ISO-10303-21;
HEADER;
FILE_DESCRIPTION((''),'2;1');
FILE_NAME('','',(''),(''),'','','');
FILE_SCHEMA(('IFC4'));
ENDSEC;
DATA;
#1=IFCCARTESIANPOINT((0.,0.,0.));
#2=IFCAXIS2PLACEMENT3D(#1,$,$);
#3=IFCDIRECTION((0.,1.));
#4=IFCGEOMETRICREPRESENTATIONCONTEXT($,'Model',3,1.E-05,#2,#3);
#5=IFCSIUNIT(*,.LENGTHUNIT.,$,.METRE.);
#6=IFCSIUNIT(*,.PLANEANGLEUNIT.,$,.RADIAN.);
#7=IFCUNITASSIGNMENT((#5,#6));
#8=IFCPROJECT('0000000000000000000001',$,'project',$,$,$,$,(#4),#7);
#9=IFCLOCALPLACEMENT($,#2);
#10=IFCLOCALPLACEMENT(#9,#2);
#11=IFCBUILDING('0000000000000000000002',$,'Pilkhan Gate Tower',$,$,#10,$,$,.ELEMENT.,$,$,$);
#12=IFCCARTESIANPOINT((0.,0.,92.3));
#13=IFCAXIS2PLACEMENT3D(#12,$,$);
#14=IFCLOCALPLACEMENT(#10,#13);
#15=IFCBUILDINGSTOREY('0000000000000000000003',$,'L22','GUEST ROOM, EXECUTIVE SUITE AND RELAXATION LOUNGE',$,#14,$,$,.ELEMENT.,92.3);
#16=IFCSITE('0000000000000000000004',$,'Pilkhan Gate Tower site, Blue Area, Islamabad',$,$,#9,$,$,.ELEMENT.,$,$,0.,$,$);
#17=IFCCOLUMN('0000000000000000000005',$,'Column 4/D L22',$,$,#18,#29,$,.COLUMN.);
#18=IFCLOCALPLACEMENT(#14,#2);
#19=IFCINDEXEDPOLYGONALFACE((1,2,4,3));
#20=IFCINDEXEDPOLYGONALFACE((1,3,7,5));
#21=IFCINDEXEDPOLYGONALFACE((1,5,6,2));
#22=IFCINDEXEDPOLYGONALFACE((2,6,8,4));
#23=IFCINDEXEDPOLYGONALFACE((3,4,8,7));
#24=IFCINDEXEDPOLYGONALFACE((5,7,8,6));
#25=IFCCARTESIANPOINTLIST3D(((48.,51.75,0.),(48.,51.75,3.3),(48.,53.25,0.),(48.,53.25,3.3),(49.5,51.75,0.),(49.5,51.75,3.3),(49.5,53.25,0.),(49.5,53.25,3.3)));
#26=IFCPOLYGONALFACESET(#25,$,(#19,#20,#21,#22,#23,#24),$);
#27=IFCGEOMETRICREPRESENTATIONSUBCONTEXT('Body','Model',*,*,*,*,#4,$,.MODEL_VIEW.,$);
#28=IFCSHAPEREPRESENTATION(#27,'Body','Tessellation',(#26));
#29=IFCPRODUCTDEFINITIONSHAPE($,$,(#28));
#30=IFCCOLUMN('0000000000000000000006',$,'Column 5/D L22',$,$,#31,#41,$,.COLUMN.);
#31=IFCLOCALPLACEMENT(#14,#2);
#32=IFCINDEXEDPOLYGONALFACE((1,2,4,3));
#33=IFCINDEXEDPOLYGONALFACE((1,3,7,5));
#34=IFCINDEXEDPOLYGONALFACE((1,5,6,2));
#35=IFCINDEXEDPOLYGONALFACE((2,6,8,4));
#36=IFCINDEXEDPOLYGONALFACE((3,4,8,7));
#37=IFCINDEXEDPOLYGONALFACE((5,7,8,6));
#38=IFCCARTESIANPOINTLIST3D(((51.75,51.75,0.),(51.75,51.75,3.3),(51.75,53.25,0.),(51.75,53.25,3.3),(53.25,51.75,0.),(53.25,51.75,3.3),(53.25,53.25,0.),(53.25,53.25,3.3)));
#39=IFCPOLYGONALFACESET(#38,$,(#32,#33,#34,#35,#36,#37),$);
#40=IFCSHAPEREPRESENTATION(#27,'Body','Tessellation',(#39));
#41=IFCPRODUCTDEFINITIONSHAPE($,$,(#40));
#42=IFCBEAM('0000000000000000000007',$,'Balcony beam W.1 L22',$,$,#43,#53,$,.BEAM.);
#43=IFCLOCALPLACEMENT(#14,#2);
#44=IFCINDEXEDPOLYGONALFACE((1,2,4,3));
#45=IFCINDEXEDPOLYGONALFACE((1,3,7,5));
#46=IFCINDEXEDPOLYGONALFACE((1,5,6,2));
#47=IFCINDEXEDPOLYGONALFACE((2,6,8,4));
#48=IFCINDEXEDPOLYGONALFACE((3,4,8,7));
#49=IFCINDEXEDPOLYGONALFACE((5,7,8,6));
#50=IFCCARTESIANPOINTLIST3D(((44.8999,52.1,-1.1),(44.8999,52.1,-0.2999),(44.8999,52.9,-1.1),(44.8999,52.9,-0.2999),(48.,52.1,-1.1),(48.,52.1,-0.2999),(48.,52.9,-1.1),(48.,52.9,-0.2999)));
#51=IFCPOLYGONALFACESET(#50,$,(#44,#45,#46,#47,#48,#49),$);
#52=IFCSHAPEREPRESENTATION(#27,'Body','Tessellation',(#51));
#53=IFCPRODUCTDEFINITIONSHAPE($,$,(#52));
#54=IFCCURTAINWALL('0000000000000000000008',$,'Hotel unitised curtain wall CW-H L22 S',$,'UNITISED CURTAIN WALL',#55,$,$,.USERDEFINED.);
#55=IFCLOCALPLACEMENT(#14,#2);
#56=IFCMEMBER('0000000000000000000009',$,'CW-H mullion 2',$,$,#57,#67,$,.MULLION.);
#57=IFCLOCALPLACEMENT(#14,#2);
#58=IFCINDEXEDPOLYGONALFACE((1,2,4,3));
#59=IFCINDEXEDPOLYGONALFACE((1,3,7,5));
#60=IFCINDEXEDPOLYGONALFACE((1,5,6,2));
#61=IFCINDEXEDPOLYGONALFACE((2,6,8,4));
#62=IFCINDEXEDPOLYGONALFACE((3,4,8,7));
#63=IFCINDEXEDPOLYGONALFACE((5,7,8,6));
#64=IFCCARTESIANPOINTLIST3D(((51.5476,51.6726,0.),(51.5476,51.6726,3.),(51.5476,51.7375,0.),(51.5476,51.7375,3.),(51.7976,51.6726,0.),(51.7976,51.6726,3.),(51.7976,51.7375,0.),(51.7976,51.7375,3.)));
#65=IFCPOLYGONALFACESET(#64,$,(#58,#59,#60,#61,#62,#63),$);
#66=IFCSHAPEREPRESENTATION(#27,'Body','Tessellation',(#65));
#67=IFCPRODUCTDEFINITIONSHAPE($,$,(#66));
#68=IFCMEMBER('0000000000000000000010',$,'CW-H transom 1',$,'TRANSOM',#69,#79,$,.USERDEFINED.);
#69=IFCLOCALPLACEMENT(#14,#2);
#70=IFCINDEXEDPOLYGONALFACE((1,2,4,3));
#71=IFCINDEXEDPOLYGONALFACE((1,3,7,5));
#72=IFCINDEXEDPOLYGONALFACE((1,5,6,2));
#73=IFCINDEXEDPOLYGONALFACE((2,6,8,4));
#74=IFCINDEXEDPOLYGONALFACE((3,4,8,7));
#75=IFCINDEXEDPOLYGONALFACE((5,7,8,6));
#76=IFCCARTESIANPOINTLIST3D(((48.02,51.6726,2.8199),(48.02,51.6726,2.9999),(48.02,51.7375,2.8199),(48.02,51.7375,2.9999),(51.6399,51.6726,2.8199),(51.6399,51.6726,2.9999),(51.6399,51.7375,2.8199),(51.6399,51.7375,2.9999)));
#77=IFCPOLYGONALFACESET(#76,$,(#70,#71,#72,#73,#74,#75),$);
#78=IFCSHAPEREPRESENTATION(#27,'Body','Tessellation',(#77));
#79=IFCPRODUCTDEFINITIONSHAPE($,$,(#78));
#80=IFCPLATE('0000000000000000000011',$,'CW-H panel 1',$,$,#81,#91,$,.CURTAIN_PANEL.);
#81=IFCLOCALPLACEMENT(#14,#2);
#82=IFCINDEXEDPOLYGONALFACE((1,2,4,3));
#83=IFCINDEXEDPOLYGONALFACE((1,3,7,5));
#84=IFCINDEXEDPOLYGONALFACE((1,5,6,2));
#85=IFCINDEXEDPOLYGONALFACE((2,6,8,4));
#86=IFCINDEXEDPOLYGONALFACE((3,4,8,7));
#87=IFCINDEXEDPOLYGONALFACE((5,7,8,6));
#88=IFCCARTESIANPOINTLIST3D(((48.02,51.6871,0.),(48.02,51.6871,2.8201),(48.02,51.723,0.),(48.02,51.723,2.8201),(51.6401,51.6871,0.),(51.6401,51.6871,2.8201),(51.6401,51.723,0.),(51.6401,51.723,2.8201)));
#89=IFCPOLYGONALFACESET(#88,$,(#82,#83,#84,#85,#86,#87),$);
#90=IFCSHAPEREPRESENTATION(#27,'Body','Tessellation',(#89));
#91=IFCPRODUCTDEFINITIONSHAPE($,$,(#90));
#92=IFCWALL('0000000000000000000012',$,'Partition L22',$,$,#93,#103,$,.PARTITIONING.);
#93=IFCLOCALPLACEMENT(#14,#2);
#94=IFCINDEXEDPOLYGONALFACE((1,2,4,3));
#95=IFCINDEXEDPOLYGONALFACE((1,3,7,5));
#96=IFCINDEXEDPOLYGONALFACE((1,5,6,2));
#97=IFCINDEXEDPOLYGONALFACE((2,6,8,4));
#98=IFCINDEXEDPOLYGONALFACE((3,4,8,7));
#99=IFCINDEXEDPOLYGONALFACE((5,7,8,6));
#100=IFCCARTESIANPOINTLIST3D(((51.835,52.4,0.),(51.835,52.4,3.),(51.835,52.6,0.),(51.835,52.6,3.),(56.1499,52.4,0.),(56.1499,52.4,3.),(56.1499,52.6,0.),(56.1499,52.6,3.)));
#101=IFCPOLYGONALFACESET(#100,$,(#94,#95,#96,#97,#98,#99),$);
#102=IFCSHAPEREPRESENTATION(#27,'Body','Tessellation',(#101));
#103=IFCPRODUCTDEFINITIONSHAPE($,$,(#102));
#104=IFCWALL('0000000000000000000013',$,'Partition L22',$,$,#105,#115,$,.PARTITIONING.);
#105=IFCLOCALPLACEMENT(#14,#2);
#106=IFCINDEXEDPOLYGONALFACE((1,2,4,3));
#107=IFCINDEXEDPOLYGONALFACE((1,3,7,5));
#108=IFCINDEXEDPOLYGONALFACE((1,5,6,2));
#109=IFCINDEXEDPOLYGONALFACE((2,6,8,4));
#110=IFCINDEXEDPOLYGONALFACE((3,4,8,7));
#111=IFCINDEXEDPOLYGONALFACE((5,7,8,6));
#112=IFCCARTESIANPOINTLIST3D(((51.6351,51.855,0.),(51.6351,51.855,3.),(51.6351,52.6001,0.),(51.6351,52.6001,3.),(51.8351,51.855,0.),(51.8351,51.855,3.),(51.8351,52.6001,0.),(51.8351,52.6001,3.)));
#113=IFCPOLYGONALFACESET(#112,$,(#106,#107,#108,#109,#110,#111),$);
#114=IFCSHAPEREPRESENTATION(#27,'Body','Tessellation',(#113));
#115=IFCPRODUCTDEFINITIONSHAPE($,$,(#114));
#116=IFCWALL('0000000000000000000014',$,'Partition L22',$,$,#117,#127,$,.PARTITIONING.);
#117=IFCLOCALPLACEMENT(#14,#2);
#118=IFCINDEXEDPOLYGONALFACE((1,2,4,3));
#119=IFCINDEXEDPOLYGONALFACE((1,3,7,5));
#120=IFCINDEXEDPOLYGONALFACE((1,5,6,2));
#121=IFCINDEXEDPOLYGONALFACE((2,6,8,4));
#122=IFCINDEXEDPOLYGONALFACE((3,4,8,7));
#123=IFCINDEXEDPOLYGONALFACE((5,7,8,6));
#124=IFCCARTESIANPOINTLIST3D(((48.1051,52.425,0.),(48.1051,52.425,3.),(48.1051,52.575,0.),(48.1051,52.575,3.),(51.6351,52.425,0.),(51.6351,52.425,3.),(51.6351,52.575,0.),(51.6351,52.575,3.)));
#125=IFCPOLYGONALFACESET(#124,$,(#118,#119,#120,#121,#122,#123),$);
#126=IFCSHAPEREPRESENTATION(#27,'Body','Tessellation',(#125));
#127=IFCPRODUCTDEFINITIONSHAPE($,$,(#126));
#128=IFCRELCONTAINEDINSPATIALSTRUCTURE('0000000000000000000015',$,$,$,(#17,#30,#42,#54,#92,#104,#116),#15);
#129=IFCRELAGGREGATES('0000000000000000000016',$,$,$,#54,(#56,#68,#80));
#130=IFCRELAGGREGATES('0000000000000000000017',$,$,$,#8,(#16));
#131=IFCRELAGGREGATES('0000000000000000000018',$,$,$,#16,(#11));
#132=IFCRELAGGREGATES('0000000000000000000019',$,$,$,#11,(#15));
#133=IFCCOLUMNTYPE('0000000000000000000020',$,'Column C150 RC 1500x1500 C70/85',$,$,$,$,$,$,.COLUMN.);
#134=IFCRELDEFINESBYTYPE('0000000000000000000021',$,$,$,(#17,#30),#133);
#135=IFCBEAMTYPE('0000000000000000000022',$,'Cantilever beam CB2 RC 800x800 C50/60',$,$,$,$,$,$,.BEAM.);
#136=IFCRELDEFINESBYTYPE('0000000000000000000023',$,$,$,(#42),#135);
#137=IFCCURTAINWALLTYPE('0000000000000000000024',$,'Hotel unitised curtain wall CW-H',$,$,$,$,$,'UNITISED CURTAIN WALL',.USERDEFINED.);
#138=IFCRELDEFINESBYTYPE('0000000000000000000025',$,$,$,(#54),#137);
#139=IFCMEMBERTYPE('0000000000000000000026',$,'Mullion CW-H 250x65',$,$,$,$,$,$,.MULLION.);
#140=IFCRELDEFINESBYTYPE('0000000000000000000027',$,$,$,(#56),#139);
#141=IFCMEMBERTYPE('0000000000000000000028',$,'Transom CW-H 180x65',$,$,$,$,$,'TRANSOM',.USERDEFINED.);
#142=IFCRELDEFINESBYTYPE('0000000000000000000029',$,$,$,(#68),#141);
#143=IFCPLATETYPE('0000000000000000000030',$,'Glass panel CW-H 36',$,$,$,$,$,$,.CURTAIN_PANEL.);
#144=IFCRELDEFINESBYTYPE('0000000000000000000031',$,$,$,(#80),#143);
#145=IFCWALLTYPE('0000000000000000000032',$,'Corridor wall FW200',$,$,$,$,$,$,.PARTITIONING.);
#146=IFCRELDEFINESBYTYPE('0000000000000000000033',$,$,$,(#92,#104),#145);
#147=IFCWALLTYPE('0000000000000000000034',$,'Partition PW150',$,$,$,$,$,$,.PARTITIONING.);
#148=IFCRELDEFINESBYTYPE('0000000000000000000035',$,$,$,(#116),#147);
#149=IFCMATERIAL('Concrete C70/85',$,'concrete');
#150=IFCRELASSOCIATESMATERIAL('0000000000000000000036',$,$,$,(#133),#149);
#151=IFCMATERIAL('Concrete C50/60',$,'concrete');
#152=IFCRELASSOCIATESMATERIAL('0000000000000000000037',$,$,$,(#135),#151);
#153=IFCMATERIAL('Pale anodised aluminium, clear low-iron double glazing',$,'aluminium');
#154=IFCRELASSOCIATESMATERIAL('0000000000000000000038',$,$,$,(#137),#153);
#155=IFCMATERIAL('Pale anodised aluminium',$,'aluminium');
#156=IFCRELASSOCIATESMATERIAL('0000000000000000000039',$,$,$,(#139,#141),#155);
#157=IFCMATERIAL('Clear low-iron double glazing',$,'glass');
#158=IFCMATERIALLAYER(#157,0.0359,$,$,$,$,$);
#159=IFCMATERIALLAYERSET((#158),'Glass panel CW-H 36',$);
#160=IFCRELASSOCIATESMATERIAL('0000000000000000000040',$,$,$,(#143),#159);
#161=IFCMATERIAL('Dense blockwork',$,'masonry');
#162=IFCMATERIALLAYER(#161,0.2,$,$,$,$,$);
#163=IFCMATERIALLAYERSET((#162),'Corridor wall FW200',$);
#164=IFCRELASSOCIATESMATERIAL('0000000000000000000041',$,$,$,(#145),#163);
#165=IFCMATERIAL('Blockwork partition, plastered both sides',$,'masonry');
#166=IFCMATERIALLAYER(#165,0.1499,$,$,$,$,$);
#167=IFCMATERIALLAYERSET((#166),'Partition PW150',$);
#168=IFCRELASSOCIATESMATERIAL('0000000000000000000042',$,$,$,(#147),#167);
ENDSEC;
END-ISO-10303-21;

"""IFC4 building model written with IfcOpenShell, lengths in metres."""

from ifc_helpers import new_model, si_unit, direction, frame, frame_2d, origin, origin_2d, place, context, subcontext, project, spatial, rectangle, extrude, material, layer, layer_set, material_profile, profile_set, type_object, element, aggregate, save


model = new_model("IFC4")

# Units and contexts
model_context = context("Model", 3, precision=1e-05, world=origin(), true_north=direction((0.0, 1.0)))
body_context = subcontext(model_context, "Body", "Model", "MODEL_VIEW")
ifc_project = project(units=[si_unit("LENGTHUNIT", "METRE"), si_unit("PLANEANGLEUNIT", "RADIAN")], contexts=[model_context])

# Site, building, storey
site_placement = place(None, origin())
site = spatial("IfcSite", under=ifc_project, at=site_placement, Name="Pilkhan Gate Tower site, Blue Area, Islamabad", CompositionType="ELEMENT", RefElevation=0.0)
building_placement = place(site_placement, origin())
building = spatial("IfcBuilding", under=site, at=building_placement, Name="Pilkhan Gate Tower", CompositionType="ELEMENT")
storey_placement = place(building_placement, frame((0.0, 0.0, 92.3)))
storey = spatial("IfcBuildingStorey", under=building, at=storey_placement, Name="L22", Description="GUEST ROOM, EXECUTIVE SUITE AND RELAXATION LOUNGE", CompositionType="ELEMENT", Elevation=92.3)

# Columns
ifc_material_1 = material(Name="Concrete C70/85", Category="concrete")
ifc_material_profile_1 = material_profile(ifc_material_1, rectangle(XDim=1.5, YDim=1.5, at=origin_2d()), Name="RC 1500x1500")
ifc_profile_set_1 = profile_set([ifc_material_profile_1], Name="Concrete C70/85")
column_type = type_object("IfcColumnType", Name="Column C150 RC 1500x1500 C70/85", PredefinedType="COLUMN", material=ifc_profile_set_1)
for number, where, z_axis, x_axis, name in (
    (1, (48.75, 52.5, 0.0), (0.0, 0.0, 1.0), (1.0, 0.0, 0.0), "Column 4/D L22"),
    (2, (52.5, 52.5, 0.0), (0.0, 0.0, 1.0), (1.0, 0.0, 0.0), "Column 5/D L22"),
):
    element("IfcColumn", number, at=place(storey_placement, frame(where, z_axis=z_axis, x_axis=x_axis)), inside=storey, type_object=column_type, Name=name, PredefinedType="COLUMN", context=body_context, shape_type="SweptSolid", body=[
        extrude(rectangle(XDim=1.5, YDim=1.5, at=origin_2d()), origin(), (0.0, 0.0, 1.0), 3.3),
    ])

# Beam
ifc_material_2 = material(Name="Concrete C50/60", Category="concrete")
ifc_material_profile_2 = material_profile(ifc_material_2, rectangle(XDim=0.8, YDim=0.8, at=origin_2d()), Name="RC 800x800")
ifc_profile_set_2 = profile_set([ifc_material_profile_2], Name="Concrete C50/60")
beam_type = type_object("IfcBeamType", Name="Cantilever beam CB2 RC 800x800 C50/60", PredefinedType="BEAM", material=ifc_profile_set_2)
beam_placement = place(storey_placement, frame((48.0, 52.5, -0.7), z_axis=(-1.0, 0.0, 0.0), x_axis=(0.0, -1.0, 0.0)))
element("IfcBeam", 3, at=beam_placement, inside=storey, type_object=beam_type, Name="Balcony beam W.1 L22", PredefinedType="BEAM", context=body_context, shape_type="SweptSolid", body=[
    extrude(rectangle(XDim=0.8, YDim=0.8, at=origin_2d()), origin(), (0.0, 0.0, 1.0), 3.1001),
])

# Curtain wall, members, plate
ifc_material_3 = material(Name="Pale anodised aluminium, clear low-iron double glazing", Category="aluminium")
curtain_wall_type = type_object("IfcCurtainWallType", Name="Hotel unitised curtain wall CW-H", ElementType="UNITISED CURTAIN WALL", PredefinedType="USERDEFINED", material=ifc_material_3)
curtain_wall_placement = place(storey_placement, origin())
curtain_wall = element("IfcCurtainWall", 4, at=curtain_wall_placement, inside=storey, type_object=curtain_wall_type, Name="Hotel unitised curtain wall CW-H L22 S", ObjectType="UNITISED CURTAIN WALL", PredefinedType="USERDEFINED")
ifc_material_4 = material(Name="Pale anodised aluminium", Category="aluminium")
ifc_material_profile_3 = material_profile(ifc_material_4, rectangle(XDim=0.0649, YDim=0.25, at=origin_2d()), Name="Mullion 250x65")
ifc_profile_set_3 = profile_set([ifc_material_profile_3], Name="Pale anodised aluminium")
member_type_1 = type_object("IfcMemberType", Name="Mullion CW-H 250x65", PredefinedType="MULLION", material=ifc_profile_set_3)
member_1_placement = place(storey_placement, frame((51.6726, 51.7051, 0.0), z_axis=(0.0, 0.0, 1.0), x_axis=(0.0, 1.0, 0.0)))
member_1 = element("IfcMember", 5, at=member_1_placement, type_object=member_type_1, Name="CW-H mullion 2", PredefinedType="MULLION", context=body_context, shape_type="SweptSolid", body=[
    extrude(rectangle(XDim=0.0649, YDim=0.25, at=origin_2d()), origin(), (0.0, 0.0, 1.0), 3.0),
])
ifc_material_profile_4 = material_profile(ifc_material_4, rectangle(XDim=0.0649, YDim=0.1799, at=origin_2d()), Name="Transom 180x65")
ifc_profile_set_4 = profile_set([ifc_material_profile_4], Name="Pale anodised aluminium")
member_type_2 = type_object("IfcMemberType", Name="Transom CW-H 180x65", ElementType="TRANSOM", PredefinedType="USERDEFINED", material=ifc_profile_set_4)
member_2_placement = place(storey_placement, frame((48.02, 51.7051, 2.9099), z_axis=(1.0, 0.0, 0.0), x_axis=(0.0, 1.0, 0.0)))
member_2 = element("IfcMember", 6, at=member_2_placement, type_object=member_type_2, Name="CW-H transom 1", ObjectType="TRANSOM", PredefinedType="USERDEFINED", context=body_context, shape_type="SweptSolid", body=[
    extrude(rectangle(XDim=0.0649, YDim=0.1799, at=origin_2d()), origin(), (0.0, 0.0, 1.0), 3.6199),
])
ifc_material_5 = material(Name="Clear low-iron double glazing", Category="glass")
ifc_layer_1 = layer(ifc_material_5, 0.0359)
ifc_layer_set_1 = layer_set([ifc_layer_1], Name="Glass panel CW-H 36")
plate_type = type_object("IfcPlateType", Name="Glass panel CW-H 36", PredefinedType="CURTAIN_PANEL", material=ifc_layer_set_1)
plate_placement = place(storey_placement, frame((49.8301, 51.7051, 0.0), z_axis=(0.0, 0.0, 1.0), x_axis=(1.0, 0.0, 0.0)))
plate = element("IfcPlate", 7, at=plate_placement, type_object=plate_type, Name="CW-H panel 1", PredefinedType="CURTAIN_PANEL", context=body_context, shape_type="SweptSolid", body=[
    extrude(rectangle(XDim=3.6201, YDim=0.0359, at=origin_2d()), origin(), (0.0, 0.0, 1.0), 2.8201),
])
aggregate(curtain_wall, [member_1, member_2, plate])

# Walls
ifc_material_6 = material(Name="Dense blockwork", Category="masonry")
ifc_layer_2 = layer(ifc_material_6, 0.2)
ifc_layer_set_2 = layer_set([ifc_layer_2], Name="Corridor wall FW200")
wall_type_1 = type_object("IfcWallType", Name="Corridor wall FW200", PredefinedType="PARTITIONING", material=ifc_layer_set_2)
wall_1_placement = place(storey_placement, frame((51.835, 52.5, 0.0), z_axis=(0.0, 0.0, 1.0), x_axis=(1.0, 0.0, 0.0)))
element("IfcWall", 8, at=wall_1_placement, inside=storey, type_object=wall_type_1, Name="Partition L22", PredefinedType="PARTITIONING", context=body_context, shape_type="SweptSolid", body=[
    extrude(rectangle(XDim=4.3149, YDim=0.2, at=frame_2d((2.1575, 0.0))), origin(), (0.0, 0.0, 1.0), 3.0),
])
wall_2_placement = place(storey_placement, frame((51.7351, 51.855, 0.0), z_axis=(0.0, 0.0, 1.0), x_axis=(0.0, 1.0, 0.0)))
element("IfcWall", 9, at=wall_2_placement, inside=storey, type_object=wall_type_1, Name="Partition L22", PredefinedType="PARTITIONING", context=body_context, shape_type="SweptSolid", body=[
    extrude(rectangle(XDim=0.7451, YDim=0.2, at=frame_2d((0.3726, 0.0))), origin(), (0.0, 0.0, 1.0), 3.0),
])
ifc_material_7 = material(Name="Blockwork partition, plastered both sides", Category="masonry")
ifc_layer_3 = layer(ifc_material_7, 0.1499)
ifc_layer_set_3 = layer_set([ifc_layer_3], Name="Partition PW150")
wall_type_2 = type_object("IfcWallType", Name="Partition PW150", PredefinedType="PARTITIONING", material=ifc_layer_set_3)
wall_3_placement = place(storey_placement, frame((48.105, 52.5, 0.0), z_axis=(0.0, 0.0, 1.0), x_axis=(1.0, 0.0, 0.0)))
element("IfcWall", 10, at=wall_3_placement, inside=storey, type_object=wall_type_2, Name="Partition L22", PredefinedType="PARTITIONING", context=body_context, shape_type="SweptSolid", body=[
    extrude(rectangle(XDim=3.53, YDim=0.1499, at=frame_2d((1.7651, 0.0))), origin(), (0.0, 0.0, 1.0), 3.0),
])

save(model, "model.ifc")
